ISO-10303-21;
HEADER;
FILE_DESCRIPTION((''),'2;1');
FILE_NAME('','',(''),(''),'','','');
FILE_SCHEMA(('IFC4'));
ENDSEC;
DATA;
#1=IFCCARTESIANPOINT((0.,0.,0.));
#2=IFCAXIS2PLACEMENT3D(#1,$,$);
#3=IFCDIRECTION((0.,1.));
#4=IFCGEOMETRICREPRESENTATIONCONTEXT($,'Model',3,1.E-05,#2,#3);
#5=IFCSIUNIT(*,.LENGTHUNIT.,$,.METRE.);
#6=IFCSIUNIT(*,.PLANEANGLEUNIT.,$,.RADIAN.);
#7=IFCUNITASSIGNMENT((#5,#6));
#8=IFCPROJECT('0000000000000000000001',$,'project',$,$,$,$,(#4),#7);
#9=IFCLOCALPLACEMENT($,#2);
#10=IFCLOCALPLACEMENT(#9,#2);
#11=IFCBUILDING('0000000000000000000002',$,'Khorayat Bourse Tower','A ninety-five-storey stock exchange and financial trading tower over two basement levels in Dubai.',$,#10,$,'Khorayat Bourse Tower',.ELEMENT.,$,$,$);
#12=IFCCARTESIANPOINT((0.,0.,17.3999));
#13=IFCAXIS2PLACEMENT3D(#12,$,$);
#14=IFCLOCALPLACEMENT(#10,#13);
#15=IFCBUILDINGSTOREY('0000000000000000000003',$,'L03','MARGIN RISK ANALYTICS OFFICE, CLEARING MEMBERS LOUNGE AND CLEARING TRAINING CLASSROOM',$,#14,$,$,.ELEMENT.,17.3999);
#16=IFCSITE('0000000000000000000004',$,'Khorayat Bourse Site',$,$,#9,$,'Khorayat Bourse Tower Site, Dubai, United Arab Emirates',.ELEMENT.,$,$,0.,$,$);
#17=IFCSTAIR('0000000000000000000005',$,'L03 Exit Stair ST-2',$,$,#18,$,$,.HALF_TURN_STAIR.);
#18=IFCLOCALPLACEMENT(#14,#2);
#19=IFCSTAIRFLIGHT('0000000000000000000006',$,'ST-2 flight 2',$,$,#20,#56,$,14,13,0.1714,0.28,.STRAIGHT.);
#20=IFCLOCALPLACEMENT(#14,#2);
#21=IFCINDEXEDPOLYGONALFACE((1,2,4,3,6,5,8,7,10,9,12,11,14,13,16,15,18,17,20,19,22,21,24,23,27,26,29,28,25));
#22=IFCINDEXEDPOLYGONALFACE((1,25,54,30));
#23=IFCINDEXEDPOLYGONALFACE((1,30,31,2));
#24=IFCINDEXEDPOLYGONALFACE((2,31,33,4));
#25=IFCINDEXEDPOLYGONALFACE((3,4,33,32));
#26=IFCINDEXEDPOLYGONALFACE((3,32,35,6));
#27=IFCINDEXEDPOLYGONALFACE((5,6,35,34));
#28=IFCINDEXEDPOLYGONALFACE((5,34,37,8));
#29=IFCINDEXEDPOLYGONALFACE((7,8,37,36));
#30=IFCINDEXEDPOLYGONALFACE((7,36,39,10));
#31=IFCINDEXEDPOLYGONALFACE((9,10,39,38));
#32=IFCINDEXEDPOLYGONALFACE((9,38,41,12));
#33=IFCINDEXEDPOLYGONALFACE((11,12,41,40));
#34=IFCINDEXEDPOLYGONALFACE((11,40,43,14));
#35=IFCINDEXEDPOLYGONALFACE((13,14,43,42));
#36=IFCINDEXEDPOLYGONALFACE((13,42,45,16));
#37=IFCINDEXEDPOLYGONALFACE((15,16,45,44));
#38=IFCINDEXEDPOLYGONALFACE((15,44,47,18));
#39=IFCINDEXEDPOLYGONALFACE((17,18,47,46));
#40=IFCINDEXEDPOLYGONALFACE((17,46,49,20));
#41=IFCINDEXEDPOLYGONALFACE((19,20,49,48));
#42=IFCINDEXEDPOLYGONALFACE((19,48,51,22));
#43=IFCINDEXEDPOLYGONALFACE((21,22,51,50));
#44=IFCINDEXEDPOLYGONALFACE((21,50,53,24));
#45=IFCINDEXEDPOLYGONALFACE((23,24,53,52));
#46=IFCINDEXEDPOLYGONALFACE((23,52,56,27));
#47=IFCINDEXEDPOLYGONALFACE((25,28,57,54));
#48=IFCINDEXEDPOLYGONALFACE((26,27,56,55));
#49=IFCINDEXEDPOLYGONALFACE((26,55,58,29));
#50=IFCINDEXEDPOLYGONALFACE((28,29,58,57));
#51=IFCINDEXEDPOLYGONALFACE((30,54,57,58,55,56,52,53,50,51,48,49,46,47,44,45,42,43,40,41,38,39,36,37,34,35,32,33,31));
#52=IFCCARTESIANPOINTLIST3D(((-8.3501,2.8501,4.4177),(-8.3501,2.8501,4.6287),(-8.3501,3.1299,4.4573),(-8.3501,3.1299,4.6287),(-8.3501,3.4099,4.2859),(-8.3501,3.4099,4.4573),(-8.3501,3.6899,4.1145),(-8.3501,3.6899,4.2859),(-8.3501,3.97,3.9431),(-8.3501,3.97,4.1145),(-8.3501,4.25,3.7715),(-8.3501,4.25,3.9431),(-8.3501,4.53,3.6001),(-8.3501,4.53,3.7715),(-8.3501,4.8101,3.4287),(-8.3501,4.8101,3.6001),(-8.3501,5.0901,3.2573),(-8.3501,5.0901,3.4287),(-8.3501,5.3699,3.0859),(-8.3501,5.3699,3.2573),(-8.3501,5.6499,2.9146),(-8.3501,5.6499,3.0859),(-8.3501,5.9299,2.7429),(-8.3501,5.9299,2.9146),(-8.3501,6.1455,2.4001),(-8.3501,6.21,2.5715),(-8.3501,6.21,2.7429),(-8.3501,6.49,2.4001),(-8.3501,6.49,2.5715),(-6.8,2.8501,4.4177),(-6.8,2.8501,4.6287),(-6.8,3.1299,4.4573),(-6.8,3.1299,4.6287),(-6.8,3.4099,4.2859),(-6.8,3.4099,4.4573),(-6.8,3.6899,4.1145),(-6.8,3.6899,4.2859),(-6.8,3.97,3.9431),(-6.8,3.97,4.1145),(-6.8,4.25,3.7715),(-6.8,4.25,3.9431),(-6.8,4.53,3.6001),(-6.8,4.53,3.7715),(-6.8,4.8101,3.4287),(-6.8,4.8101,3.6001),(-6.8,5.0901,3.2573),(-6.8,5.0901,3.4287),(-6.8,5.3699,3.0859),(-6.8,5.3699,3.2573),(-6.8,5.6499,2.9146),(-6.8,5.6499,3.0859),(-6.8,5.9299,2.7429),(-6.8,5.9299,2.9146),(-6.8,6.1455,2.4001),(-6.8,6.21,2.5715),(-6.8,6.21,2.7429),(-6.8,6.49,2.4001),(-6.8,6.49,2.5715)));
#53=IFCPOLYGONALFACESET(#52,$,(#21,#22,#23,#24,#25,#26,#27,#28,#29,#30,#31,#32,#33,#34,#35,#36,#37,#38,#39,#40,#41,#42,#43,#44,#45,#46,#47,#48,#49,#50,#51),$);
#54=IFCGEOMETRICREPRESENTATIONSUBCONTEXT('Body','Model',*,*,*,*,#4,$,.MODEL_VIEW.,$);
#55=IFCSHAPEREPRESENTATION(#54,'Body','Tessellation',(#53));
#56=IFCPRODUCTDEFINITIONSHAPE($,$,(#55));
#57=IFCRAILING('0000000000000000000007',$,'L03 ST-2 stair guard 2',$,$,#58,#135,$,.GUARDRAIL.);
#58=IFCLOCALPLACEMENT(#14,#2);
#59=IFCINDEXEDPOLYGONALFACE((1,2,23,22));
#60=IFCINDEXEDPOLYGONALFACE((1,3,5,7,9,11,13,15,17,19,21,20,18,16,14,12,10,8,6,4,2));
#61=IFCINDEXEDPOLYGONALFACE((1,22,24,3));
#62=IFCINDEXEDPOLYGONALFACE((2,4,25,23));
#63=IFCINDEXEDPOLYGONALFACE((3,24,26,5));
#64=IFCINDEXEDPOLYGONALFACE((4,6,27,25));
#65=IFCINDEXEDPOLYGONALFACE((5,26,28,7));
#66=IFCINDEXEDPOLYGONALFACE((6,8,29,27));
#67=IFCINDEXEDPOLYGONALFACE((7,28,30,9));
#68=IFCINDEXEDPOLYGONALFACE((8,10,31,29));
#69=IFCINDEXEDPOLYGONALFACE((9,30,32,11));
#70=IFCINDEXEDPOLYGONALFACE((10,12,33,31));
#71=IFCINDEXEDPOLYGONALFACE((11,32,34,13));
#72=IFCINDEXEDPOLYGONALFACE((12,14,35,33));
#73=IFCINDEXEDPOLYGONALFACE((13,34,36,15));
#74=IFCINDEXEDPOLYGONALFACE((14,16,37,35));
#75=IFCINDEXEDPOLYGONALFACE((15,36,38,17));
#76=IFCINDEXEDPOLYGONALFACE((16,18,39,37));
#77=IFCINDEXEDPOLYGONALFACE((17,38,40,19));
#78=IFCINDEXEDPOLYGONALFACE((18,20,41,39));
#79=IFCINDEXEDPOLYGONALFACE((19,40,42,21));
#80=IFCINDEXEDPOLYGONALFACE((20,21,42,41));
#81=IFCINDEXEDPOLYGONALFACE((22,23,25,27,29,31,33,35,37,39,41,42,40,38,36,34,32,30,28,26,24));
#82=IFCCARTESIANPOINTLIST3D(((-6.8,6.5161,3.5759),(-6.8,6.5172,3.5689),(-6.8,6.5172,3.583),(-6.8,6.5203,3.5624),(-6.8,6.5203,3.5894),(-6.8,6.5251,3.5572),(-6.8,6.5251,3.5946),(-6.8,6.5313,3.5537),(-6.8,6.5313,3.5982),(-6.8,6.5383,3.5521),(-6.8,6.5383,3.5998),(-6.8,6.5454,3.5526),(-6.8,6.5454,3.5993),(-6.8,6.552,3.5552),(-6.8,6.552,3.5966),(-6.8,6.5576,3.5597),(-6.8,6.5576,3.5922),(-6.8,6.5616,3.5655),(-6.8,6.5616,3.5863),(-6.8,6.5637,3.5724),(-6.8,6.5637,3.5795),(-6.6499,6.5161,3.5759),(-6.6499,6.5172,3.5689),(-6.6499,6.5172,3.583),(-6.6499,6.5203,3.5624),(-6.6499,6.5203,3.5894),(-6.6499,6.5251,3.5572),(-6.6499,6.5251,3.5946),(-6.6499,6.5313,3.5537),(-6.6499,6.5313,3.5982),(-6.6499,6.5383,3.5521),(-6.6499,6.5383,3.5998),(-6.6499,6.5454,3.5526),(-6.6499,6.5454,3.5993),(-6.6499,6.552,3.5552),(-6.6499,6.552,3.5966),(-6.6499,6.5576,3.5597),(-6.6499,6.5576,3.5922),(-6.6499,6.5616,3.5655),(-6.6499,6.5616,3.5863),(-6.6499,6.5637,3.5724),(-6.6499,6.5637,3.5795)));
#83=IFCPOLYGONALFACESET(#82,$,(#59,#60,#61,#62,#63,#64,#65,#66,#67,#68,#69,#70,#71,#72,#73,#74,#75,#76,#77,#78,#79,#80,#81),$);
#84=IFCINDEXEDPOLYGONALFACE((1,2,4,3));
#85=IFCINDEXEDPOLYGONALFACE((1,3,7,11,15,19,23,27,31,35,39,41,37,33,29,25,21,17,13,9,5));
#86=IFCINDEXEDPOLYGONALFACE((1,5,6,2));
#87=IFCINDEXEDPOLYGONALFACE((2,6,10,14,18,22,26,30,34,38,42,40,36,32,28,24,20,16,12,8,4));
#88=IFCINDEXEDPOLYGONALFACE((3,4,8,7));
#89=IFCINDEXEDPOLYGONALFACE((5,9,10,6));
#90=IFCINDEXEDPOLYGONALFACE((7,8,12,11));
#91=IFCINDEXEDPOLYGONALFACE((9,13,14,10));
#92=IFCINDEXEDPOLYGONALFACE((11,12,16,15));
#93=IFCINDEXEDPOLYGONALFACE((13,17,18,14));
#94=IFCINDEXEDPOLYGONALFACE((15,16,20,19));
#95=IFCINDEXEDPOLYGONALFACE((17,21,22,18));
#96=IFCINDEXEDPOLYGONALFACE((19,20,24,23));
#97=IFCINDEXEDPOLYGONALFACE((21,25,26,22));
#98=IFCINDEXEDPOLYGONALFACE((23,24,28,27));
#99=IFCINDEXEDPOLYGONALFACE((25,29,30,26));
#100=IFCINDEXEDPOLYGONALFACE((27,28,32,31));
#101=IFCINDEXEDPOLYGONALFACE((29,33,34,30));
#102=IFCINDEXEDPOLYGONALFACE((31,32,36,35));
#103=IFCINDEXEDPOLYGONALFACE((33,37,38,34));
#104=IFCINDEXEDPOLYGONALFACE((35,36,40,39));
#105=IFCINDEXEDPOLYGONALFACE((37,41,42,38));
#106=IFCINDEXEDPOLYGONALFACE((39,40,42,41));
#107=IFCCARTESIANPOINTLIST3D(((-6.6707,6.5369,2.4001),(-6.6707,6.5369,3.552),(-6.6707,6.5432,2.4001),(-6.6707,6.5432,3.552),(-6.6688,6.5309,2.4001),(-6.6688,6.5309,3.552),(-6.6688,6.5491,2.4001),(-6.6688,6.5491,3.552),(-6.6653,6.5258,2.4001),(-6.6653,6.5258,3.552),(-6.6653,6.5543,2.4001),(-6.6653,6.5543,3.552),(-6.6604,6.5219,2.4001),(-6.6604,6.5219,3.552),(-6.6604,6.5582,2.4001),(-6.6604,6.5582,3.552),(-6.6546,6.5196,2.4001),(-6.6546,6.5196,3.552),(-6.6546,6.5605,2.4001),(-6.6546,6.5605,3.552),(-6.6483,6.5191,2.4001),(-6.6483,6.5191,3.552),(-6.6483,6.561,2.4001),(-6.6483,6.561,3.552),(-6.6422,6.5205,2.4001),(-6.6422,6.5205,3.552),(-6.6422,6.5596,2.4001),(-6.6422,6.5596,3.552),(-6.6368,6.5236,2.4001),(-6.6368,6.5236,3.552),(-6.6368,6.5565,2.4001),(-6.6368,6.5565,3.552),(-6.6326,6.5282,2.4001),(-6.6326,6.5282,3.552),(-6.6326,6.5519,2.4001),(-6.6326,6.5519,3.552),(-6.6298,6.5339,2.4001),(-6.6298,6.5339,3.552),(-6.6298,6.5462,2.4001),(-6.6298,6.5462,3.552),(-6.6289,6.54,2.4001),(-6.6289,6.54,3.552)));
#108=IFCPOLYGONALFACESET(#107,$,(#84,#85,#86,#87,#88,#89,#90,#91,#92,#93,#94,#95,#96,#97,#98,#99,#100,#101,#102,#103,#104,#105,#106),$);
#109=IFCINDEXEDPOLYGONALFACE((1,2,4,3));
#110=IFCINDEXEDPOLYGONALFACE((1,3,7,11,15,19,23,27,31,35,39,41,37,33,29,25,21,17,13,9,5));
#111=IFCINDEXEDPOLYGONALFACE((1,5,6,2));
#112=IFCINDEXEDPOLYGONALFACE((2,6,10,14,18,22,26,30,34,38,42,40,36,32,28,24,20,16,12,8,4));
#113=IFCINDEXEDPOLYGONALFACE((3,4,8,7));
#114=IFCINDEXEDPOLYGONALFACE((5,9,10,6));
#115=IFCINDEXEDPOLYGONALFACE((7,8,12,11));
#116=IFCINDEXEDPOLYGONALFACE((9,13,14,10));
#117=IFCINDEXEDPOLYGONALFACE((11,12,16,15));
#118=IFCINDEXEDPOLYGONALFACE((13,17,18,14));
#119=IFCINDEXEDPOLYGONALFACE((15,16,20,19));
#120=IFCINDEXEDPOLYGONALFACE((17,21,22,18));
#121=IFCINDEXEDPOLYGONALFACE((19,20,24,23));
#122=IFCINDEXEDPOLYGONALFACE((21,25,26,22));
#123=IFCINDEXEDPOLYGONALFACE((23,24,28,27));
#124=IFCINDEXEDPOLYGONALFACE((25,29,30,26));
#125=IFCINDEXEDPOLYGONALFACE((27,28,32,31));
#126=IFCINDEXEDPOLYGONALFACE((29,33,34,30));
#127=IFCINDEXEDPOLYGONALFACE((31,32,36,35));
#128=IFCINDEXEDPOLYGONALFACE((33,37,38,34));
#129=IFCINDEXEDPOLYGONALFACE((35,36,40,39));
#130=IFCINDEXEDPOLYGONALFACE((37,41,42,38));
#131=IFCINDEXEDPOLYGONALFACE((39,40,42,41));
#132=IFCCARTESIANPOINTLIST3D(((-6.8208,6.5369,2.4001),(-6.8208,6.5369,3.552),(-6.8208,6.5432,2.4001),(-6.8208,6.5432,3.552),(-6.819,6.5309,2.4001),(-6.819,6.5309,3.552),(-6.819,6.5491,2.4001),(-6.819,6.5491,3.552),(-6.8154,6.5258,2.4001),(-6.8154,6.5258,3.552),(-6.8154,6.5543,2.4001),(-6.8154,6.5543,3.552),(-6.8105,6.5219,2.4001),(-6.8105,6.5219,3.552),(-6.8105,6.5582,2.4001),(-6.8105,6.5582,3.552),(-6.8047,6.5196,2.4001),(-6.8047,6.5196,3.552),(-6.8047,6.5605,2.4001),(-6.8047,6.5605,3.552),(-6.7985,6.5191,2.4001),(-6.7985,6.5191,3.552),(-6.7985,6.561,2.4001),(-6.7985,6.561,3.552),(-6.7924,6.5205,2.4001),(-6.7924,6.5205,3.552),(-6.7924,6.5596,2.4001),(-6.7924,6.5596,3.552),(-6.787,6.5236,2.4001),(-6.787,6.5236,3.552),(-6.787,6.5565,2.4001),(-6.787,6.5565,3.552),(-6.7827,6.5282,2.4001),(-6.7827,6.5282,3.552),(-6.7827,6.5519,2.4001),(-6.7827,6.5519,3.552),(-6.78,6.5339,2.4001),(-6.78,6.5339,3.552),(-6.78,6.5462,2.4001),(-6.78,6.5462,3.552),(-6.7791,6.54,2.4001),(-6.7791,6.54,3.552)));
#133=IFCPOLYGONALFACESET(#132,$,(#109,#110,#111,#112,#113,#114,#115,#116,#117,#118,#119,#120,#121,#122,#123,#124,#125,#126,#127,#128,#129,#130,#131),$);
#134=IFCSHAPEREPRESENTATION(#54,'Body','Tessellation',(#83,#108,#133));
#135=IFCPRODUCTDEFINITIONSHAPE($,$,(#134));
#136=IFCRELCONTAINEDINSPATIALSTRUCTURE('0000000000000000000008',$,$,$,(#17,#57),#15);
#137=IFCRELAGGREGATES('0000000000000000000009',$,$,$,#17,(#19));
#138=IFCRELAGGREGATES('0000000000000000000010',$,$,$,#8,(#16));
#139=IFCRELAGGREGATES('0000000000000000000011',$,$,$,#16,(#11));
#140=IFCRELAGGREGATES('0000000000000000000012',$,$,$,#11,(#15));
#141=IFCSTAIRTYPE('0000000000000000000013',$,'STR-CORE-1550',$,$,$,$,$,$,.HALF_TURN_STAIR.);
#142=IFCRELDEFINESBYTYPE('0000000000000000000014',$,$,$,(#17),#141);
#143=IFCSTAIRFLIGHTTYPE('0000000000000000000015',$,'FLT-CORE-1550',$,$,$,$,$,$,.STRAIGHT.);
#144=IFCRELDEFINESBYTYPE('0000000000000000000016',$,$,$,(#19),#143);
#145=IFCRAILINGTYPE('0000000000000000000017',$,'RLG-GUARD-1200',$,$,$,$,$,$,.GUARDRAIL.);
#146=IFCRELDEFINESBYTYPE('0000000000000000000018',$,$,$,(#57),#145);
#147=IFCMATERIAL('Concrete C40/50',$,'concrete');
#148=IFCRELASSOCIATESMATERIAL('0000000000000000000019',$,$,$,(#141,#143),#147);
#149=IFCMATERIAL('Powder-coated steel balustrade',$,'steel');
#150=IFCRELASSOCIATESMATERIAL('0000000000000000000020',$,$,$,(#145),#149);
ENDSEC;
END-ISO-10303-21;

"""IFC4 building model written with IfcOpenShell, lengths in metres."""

from ifc_helpers import new_model, si_unit, direction, frame, origin, origin_2d, place, context, subcontext, project, spatial, polyline, circle, outline, extrude, source, transform, mapped, material, type_object, element, aggregate, save


model = new_model("IFC4")

# Units and contexts
model_context = context("Model", 3, precision=1e-05, world=origin(), true_north=direction((0.0, 1.0)))
body_context = subcontext(model_context, "Body", "Model", "MODEL_VIEW")
ifc_project = project(units=[si_unit("LENGTHUNIT", "METRE"), si_unit("PLANEANGLEUNIT", "RADIAN")], contexts=[model_context])

# Site, building, storey
site_placement = place(None, origin())
site = spatial("IfcSite", under=ifc_project, at=site_placement, Name="Khorayat Bourse Site", LongName="Khorayat Bourse Tower Site, Dubai, United Arab Emirates", CompositionType="ELEMENT", RefElevation=0.0)
building_placement = place(site_placement, origin())
building = spatial("IfcBuilding", under=site, at=building_placement, Name="Khorayat Bourse Tower", Description="A ninety-five-storey stock exchange and financial trading tower over two basement levels in Dubai.", LongName="Khorayat Bourse Tower", CompositionType="ELEMENT")
storey_placement = place(building_placement, frame((0.0, 0.0, 17.3999)))
storey = spatial("IfcBuildingStorey", under=building, at=storey_placement, Name="L03", Description="MARGIN RISK ANALYTICS OFFICE, CLEARING MEMBERS LOUNGE AND CLEARING TRAINING CLASSROOM", CompositionType="ELEMENT", Elevation=17.3999)

# Stair, stair flight
ifc_material_1 = material(Name="Concrete C40/50", Category="concrete")
stair_type = type_object("IfcStairType", Name="STR-CORE-1550", PredefinedType="HALF_TURN_STAIR", material=ifc_material_1)
stair_placement = place(storey_placement, origin())
stair = element("IfcStair", 1, at=stair_placement, inside=storey, type_object=stair_type, Name="L03 Exit Stair ST-2", PredefinedType="HALF_TURN_STAIR")
stair_flight_type = type_object("IfcStairFlightType", Name="FLT-CORE-1550", PredefinedType="STRAIGHT", material=ifc_material_1)
shared_shape_1 = source(origin(), body_context, "Body", "SweptSolid", [
    extrude(outline(polyline([(0.0, 0.0), (0.0, 0.1714), (0.28, 0.1714), (0.28, 0.3428), (0.5601, 0.3428), (0.5601, 0.5144), (0.8401, 0.5144), (0.8401, 0.6858), (1.1201, 0.6858), (1.1201, 0.8572), (1.3999, 0.8572), (1.3999, 1.0286), (1.6799, 1.0286), (1.6799, 1.2), (1.96, 1.2), (1.96, 1.3713), (2.24, 1.3713), (2.24, 1.543), (2.52, 1.543), (2.52, 1.7144), (2.8, 1.7144), (2.8, 1.8857), (3.0801, 1.8857), (3.0801, 2.0571), (3.3601, 2.0571), (3.3601, 2.2285), (3.6399, 2.2285), (3.6399, 2.3999), (3.6399, 2.0176), (0.3445, 0.0), (0.0, 0.0)])), frame((0.0, 0.7749, 0.0), z_axis=(0.0, -1.0, 0.0), x_axis=(1.0, 0.0, 0.0)), (0.0, 0.0, 1.0), 1.55),
])
stair_flight_placement = place(storey_placement, frame((-7.575, 6.49, 2.4001), z_axis=(0.0, 0.0, 1.0), x_axis=(0.0, -1.0, 0.0)))
stair_flight = element("IfcStairFlight", 2, at=stair_flight_placement, type_object=stair_flight_type, Name="ST-2 flight 2", NumberOfRisers=14, NumberOfTreads=13, PredefinedType="STRAIGHT", RiserHeight=0.1714, TreadLength=0.28, context=body_context, shape_type="MappedRepresentation", body=[
    mapped(shared_shape_1, transform((0.0, 0.0, 0.0), scale=1.0)),
])
aggregate(stair, [stair_flight])

# Railing
ifc_material_2 = material(Name="Powder-coated steel balustrade", Category="steel")
railing_type_1 = type_object("IfcRailingType", Name="RLG-GUARD-1200", PredefinedType="GUARDRAIL", material=ifc_material_2)
shared_shape_2 = source(origin(), body_context, "Body", "SweptSolid", [
    extrude(circle(Radius=0.0239, at=origin_2d()), frame((0.0, 0.0, 1.1758), z_axis=(-1.0, 0.0, 0.0), x_axis=(0.0, -1.0, 0.0)), (0.0, 0.0, 1.0), 0.1501),
    extrude(circle(Radius=0.021, at=origin_2d()), origin(), (0.0, 0.0, 1.0), 1.1519),
    extrude(circle(Radius=0.021, at=origin_2d()), frame((-0.1501, 0.0, 0.0)), (0.0, 0.0, 1.0), 1.1519),
])
railing_1_placement = place(storey_placement, frame((-6.6499, 6.54, 2.4001)))
element("IfcRailing", 3, at=railing_1_placement, inside=storey, type_object=railing_type_1, Name="L03 ST-2 stair guard 2", PredefinedType="GUARDRAIL", context=body_context, shape_type="MappedRepresentation", body=[
    mapped(shared_shape_2, transform((0.0, 0.0, 0.0), scale=1.0)),
])

save(model, "model.ifc")
